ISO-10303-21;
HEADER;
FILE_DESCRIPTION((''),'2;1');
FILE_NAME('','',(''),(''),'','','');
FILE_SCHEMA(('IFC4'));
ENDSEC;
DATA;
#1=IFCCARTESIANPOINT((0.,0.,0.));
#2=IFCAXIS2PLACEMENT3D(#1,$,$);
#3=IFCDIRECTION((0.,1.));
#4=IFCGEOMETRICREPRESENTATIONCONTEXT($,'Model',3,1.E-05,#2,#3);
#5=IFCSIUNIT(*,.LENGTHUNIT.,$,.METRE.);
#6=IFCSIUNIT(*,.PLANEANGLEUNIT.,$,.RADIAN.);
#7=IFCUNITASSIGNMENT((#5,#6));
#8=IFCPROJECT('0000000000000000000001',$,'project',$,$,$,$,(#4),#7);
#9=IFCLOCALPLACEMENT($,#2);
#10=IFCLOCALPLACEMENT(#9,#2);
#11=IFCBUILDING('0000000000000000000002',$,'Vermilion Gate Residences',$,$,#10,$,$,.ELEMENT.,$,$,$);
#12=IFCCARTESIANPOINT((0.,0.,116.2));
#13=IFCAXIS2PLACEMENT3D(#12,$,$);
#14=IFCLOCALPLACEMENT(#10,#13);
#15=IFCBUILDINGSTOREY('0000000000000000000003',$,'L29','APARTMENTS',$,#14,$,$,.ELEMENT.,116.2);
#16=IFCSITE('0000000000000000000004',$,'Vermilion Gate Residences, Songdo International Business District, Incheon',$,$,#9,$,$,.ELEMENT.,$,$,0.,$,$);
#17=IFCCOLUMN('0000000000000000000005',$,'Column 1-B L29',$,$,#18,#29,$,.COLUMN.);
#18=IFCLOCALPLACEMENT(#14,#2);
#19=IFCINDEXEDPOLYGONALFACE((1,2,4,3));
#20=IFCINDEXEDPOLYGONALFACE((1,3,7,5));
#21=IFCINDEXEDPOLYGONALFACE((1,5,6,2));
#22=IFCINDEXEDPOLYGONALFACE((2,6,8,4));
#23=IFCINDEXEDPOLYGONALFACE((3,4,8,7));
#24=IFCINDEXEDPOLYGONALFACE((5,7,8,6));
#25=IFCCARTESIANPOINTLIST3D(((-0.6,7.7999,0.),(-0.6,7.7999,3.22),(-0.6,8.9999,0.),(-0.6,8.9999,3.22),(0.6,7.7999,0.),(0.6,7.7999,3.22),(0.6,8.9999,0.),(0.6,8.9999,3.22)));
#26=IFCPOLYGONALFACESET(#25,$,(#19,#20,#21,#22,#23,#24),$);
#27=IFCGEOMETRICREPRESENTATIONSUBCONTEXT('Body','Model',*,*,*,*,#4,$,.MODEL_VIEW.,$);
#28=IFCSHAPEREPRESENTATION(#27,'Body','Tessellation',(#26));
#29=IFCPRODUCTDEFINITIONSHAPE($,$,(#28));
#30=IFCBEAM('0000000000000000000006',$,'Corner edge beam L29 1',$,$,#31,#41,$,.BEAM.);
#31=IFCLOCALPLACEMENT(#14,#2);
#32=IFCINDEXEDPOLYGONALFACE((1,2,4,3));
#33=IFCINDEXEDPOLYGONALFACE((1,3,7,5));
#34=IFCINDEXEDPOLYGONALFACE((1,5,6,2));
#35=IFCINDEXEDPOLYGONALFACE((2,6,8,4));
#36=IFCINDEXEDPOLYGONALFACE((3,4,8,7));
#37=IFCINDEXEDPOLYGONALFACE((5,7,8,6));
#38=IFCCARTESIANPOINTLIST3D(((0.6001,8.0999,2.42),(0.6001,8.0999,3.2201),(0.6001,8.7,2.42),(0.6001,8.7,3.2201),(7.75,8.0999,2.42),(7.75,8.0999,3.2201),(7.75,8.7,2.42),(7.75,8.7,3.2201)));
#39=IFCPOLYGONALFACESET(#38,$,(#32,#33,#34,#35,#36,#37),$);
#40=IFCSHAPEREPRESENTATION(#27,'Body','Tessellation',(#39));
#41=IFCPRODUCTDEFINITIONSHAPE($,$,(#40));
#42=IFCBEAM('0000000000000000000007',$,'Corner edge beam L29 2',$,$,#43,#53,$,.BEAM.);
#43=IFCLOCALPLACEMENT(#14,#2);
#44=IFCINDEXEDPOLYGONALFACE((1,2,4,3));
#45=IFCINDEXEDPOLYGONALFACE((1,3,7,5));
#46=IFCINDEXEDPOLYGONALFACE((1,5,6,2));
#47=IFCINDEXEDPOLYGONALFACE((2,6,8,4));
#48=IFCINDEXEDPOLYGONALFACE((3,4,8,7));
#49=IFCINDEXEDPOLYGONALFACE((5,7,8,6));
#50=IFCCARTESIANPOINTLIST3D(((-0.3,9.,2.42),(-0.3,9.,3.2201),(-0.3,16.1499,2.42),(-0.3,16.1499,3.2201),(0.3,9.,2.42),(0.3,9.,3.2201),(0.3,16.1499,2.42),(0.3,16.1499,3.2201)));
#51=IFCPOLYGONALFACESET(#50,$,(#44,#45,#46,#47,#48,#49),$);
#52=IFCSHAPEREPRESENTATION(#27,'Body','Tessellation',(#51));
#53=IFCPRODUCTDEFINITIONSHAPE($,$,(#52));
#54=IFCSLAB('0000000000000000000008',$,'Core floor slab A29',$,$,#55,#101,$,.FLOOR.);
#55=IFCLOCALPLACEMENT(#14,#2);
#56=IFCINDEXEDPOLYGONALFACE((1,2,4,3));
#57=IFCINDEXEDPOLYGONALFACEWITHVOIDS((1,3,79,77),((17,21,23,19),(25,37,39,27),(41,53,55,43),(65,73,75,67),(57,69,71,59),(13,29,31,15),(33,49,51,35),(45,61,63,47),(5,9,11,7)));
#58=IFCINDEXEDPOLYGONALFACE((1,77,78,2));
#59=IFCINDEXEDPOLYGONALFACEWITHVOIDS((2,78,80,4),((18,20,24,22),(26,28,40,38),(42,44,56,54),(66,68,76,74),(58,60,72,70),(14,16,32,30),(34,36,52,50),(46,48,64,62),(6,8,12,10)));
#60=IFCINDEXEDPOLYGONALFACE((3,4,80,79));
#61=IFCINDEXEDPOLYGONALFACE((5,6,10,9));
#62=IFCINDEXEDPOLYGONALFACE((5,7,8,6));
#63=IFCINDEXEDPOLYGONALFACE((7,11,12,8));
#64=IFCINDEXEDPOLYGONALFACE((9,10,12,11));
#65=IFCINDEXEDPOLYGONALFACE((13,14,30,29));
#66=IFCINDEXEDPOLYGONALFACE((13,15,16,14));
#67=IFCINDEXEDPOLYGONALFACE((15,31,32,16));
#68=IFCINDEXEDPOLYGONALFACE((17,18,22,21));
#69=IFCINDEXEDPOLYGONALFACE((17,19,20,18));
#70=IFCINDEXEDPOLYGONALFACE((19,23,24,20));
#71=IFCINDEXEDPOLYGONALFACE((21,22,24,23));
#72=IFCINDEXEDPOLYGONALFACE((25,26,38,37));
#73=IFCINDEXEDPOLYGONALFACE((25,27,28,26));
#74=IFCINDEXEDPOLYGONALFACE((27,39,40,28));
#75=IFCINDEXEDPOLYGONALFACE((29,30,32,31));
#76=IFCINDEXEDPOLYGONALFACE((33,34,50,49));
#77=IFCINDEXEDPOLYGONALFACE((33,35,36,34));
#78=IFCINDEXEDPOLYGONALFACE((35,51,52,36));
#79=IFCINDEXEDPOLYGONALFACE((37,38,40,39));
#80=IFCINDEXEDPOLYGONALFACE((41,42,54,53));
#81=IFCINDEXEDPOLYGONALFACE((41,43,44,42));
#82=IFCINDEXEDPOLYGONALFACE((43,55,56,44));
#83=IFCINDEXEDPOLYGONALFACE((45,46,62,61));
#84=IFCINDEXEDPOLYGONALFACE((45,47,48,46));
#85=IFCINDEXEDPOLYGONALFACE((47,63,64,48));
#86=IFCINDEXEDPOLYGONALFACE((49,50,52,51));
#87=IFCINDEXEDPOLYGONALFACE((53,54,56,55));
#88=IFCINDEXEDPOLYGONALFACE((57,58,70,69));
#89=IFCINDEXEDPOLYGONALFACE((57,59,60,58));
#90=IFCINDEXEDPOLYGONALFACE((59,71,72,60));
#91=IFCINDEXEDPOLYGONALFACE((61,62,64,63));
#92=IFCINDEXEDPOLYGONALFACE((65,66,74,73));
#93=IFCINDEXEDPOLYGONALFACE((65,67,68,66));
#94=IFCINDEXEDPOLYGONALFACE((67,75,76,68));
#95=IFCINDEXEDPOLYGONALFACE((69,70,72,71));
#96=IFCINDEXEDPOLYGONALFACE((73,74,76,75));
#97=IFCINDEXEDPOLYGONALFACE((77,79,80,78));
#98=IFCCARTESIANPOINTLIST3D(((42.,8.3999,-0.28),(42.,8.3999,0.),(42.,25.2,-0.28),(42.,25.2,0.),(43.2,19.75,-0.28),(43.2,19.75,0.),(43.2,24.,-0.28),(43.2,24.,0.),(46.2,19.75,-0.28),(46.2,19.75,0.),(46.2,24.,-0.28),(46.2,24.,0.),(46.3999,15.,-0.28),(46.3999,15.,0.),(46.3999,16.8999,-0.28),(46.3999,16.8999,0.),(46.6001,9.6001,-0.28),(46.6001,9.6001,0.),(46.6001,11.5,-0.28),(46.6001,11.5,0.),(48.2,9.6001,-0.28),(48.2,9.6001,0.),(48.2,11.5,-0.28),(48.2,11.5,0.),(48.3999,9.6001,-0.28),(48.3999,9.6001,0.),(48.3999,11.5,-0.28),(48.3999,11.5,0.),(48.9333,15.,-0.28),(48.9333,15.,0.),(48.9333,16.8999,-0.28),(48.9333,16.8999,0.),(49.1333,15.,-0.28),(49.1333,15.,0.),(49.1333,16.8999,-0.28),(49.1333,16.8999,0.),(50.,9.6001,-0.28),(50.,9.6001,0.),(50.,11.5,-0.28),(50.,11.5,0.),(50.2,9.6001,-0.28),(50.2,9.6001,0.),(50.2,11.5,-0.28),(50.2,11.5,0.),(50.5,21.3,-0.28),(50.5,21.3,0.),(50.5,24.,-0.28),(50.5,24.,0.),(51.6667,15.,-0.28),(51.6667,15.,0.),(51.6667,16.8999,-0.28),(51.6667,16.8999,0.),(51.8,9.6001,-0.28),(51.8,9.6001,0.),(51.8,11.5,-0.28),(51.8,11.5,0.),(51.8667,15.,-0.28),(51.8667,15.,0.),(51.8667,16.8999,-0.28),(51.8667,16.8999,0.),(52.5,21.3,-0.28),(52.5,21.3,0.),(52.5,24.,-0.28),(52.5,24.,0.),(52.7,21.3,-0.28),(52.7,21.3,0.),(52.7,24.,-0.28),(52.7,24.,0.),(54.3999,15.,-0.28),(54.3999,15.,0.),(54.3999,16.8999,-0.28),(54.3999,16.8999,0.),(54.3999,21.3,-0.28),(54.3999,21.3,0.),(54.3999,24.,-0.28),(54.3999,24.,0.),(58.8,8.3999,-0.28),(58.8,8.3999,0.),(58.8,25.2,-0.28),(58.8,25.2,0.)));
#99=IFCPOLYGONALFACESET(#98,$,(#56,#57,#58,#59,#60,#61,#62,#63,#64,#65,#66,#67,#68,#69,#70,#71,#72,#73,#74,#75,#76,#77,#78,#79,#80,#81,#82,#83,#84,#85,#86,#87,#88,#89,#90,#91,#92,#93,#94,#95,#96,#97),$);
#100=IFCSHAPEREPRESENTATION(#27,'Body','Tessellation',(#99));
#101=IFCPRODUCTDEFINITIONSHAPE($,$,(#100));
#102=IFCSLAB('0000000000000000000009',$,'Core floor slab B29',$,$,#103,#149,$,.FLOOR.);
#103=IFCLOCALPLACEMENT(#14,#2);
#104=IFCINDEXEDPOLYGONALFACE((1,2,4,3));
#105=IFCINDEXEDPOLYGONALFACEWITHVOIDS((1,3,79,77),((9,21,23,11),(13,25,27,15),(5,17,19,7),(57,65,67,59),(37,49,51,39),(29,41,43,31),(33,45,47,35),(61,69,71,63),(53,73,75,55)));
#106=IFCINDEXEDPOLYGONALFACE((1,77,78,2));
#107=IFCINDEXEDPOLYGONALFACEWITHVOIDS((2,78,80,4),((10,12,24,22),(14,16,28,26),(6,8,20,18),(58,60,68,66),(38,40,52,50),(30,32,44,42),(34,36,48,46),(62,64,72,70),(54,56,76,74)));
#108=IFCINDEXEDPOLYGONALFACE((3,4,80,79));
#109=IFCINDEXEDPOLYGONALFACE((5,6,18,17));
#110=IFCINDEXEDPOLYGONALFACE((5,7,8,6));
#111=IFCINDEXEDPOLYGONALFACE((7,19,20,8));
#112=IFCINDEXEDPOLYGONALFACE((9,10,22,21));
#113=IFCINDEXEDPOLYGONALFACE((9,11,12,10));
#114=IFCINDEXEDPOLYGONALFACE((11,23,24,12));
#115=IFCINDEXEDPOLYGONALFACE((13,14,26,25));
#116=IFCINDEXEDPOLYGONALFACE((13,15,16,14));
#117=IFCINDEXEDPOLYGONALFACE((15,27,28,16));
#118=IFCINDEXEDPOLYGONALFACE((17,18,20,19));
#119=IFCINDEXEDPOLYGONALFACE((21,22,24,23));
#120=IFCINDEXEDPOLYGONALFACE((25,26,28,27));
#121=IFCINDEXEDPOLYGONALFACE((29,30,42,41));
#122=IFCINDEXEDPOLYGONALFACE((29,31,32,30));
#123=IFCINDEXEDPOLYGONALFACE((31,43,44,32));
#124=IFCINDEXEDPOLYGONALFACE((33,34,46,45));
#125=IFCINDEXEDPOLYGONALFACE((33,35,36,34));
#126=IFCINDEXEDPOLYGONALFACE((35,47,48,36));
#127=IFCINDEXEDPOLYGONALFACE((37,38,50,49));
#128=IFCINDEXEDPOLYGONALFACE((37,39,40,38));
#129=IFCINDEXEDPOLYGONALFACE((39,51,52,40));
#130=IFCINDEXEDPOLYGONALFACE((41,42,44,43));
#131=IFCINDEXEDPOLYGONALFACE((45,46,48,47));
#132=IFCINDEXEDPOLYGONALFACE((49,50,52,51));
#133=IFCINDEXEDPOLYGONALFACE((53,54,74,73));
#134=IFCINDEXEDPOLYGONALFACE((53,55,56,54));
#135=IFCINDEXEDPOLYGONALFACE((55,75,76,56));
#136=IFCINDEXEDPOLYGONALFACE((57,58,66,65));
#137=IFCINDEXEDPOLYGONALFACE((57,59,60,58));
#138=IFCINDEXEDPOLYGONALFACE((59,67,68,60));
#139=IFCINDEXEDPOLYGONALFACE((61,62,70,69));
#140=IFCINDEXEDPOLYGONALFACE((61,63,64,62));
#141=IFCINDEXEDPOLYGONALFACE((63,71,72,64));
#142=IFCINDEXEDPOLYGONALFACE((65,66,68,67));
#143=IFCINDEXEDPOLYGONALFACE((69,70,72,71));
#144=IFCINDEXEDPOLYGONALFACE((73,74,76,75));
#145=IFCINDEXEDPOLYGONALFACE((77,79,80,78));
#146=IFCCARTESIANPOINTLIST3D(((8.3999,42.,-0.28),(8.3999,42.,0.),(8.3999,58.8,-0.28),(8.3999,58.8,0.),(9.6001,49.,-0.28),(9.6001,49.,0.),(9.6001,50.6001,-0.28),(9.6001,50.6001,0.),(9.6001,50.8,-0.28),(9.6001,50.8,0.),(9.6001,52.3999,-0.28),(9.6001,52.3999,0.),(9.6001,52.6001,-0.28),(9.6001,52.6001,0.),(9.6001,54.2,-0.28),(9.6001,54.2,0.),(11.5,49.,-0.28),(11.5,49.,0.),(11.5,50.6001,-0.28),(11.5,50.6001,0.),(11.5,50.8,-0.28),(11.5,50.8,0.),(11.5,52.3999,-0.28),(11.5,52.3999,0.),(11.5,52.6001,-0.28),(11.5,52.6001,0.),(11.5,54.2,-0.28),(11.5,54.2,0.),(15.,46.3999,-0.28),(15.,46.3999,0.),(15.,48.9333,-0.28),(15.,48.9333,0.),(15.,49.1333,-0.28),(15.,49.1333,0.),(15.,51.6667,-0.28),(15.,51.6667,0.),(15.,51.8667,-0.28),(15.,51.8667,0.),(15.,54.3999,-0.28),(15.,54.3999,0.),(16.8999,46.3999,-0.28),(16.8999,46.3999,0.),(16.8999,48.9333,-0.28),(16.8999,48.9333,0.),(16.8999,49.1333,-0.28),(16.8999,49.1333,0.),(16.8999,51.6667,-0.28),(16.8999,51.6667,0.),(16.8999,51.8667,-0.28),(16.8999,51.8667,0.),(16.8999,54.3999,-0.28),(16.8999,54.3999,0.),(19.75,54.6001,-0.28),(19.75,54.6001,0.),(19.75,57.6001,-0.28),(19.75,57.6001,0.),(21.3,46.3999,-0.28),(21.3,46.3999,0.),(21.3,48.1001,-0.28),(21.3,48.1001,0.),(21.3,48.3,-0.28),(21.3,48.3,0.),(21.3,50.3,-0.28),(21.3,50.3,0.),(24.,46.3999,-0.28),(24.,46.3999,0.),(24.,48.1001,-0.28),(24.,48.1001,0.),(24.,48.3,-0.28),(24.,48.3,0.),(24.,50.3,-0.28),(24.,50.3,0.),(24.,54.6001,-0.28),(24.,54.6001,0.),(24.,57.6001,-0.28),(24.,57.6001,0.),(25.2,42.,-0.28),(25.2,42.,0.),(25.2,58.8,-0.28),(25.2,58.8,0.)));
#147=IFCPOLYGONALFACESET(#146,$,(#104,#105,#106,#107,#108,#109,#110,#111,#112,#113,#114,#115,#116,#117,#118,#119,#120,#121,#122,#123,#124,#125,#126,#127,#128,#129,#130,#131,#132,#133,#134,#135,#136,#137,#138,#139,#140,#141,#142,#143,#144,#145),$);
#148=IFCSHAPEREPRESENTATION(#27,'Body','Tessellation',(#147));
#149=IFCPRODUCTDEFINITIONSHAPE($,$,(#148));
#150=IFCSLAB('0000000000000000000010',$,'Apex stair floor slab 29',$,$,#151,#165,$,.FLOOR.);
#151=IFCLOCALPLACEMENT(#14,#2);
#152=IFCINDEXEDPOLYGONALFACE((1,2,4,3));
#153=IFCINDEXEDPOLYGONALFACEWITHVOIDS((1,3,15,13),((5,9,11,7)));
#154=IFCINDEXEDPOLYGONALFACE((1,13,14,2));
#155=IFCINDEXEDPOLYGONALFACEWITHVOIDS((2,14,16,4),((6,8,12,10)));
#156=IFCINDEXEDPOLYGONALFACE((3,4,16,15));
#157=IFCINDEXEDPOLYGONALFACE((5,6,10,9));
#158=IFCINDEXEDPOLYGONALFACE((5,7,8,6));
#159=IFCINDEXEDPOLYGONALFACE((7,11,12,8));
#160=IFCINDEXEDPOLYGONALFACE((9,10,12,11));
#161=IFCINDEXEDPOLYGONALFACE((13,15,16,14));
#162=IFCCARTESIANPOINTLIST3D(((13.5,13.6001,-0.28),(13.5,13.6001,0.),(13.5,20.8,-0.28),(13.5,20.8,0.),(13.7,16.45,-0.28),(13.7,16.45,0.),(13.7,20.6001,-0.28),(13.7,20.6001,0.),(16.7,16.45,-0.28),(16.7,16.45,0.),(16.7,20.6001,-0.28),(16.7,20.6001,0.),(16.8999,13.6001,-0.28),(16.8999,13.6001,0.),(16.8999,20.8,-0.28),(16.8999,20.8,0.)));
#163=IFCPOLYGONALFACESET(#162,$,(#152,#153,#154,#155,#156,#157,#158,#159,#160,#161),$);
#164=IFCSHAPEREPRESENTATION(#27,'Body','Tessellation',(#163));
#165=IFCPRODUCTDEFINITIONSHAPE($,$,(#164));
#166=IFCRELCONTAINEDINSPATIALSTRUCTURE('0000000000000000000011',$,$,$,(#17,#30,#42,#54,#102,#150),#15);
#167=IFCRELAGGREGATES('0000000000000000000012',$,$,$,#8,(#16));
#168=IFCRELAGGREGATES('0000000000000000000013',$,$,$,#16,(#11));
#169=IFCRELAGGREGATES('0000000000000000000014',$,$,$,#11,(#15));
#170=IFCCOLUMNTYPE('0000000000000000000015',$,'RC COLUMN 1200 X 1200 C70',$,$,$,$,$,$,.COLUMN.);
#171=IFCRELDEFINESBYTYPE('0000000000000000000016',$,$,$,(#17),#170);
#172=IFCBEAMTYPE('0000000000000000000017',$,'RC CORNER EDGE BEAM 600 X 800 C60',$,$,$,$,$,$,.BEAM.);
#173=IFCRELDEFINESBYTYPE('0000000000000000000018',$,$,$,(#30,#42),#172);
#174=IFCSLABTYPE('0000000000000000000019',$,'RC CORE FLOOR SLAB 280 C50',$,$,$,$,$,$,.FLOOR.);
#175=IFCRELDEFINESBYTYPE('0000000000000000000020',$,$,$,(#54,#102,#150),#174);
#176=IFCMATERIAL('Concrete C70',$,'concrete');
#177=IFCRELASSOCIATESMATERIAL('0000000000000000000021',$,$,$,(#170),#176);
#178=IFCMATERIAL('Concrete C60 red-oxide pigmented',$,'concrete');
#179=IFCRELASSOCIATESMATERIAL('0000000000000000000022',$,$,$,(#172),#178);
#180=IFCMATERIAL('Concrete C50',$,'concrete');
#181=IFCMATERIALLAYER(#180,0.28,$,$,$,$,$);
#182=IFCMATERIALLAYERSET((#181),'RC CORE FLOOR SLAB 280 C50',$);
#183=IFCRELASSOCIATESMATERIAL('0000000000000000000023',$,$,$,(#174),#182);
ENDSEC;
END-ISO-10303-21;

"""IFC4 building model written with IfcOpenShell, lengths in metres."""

from ifc_helpers import new_model, si_unit, direction, frame, origin, origin_2d, place, context, subcontext, project, spatial, polyline, rectangle, outline, extrude, material, layer, layer_set, material_profile, profile_set, type_object, element, save


model = new_model("IFC4")

# Units and contexts
model_context = context("Model", 3, precision=1e-05, world=origin(), true_north=direction((0.0, 1.0)))
body_context = subcontext(model_context, "Body", "Model", "MODEL_VIEW")
ifc_project = project(units=[si_unit("LENGTHUNIT", "METRE"), si_unit("PLANEANGLEUNIT", "RADIAN")], contexts=[model_context])

# Site, building, storey
site_placement = place(None, origin())
site = spatial("IfcSite", under=ifc_project, at=site_placement, Name="Vermilion Gate Residences, Songdo International Business District, Incheon", CompositionType="ELEMENT", RefElevation=0.0)
building_placement = place(site_placement, origin())
building = spatial("IfcBuilding", under=site, at=building_placement, Name="Vermilion Gate Residences", CompositionType="ELEMENT")
storey_placement = place(building_placement, frame((0.0, 0.0, 116.2)))
storey = spatial("IfcBuildingStorey", under=building, at=storey_placement, Name="L29", Description="APARTMENTS", CompositionType="ELEMENT", Elevation=116.2)

# Column
ifc_material_1 = material(Name="Concrete C70", Category="concrete")
ifc_material_profile_1 = material_profile(ifc_material_1, rectangle(XDim=1.2, YDim=1.2, at=origin_2d()), Name="RC-1200x1200")
ifc_profile_set_1 = profile_set([ifc_material_profile_1], Name="Concrete C70")
column_type = type_object("IfcColumnType", Name="RC COLUMN 1200 X 1200 C70", PredefinedType="COLUMN", material=ifc_profile_set_1)
column_placement = place(storey_placement, frame((0.0, 8.3999, 0.0), z_axis=(0.0, 0.0, 1.0), x_axis=(1.0, 0.0, 0.0)))
element("IfcColumn", 1, at=column_placement, inside=storey, type_object=column_type, Name="Column 1-B L29", PredefinedType="COLUMN", context=body_context, shape_type="SweptSolid", body=[
    extrude(rectangle(XDim=1.2, YDim=1.2, at=origin_2d()), origin(), (0.0, 0.0, 1.0), 3.22),
])

# Beams
ifc_material_2 = material(Name="Concrete C60 red-oxide pigmented", Category="concrete")
ifc_material_profile_2 = material_profile(ifc_material_2, rectangle(XDim=0.6001, YDim=0.8, at=origin_2d()), Name="RC-600x800")
ifc_profile_set_2 = profile_set([ifc_material_profile_2], Name="Concrete C60 red-oxide pigmented")
beam_type = type_object("IfcBeamType", Name="RC CORNER EDGE BEAM 600 X 800 C60", PredefinedType="BEAM", material=ifc_profile_set_2)
for number, where, z_axis, x_axis, name in (
    (2, (0.6001, 8.3999, 2.8201), (1.0, 0.0, 0.0), (0.0, 1.0, 0.0), "Corner edge beam L29 1"),
    (3, (0.0, 9.0, 2.8201), (0.0, 1.0, 0.0), (-1.0, 0.0, 0.0), "Corner edge beam L29 2"),
):
    element("IfcBeam", number, at=place(storey_placement, frame(where, z_axis=z_axis, x_axis=x_axis)), inside=storey, type_object=beam_type, Name=name, PredefinedType="BEAM", context=body_context, shape_type="SweptSolid", body=[
        extrude(rectangle(XDim=0.6001, YDim=0.8, at=origin_2d()), origin(), (0.0, 0.0, 1.0), 7.1499),
    ])

# Slabs
ifc_material_3 = material(Name="Concrete C50", Category="concrete")
ifc_layer_1 = layer(ifc_material_3, 0.28)
ifc_layer_set_1 = layer_set([ifc_layer_1], Name="RC CORE FLOOR SLAB 280 C50")
slab_type_1 = type_object("IfcSlabType", Name="RC CORE FLOOR SLAB 280 C50", PredefinedType="FLOOR", material=ifc_layer_set_1)
slab_1_placement = place(storey_placement, frame((0.0, 0.0, -0.28)))
element("IfcSlab", 4, at=slab_1_placement, inside=storey, type_object=slab_type_1, Name="Core floor slab A29", PredefinedType="FLOOR", context=body_context, shape_type="SweptSolid", body=[
    extrude(outline(polyline([(42.0, 8.3999), (58.8, 8.3999), (58.8, 25.2), (42.0, 25.2), (42.0, 8.3999)]), holes=[polyline([(46.6001, 11.5), (48.2, 11.5), (48.2, 9.6001), (46.6001, 9.6001), (46.6001, 11.5)]), polyline([(48.3999, 11.5), (50.0, 11.5), (50.0, 9.6001), (48.3999, 9.6001), (48.3999, 11.5)]), polyline([(50.2, 11.5), (51.8, 11.5), (51.8, 9.6001), (50.2, 9.6001), (50.2, 11.5)]), polyline([(46.3999, 16.8999), (48.9333, 16.8999), (48.9333, 15.0), (46.3999, 15.0), (46.3999, 16.8999)]), polyline([(49.1333, 16.8999), (51.6667, 16.8999), (51.6667, 15.0), (49.1333, 15.0), (49.1333, 16.8999)]), polyline([(51.8667, 16.8999), (54.3999, 16.8999), (54.3999, 15.0), (51.8667, 15.0), (51.8667, 16.8999)]), polyline([(43.2, 24.0), (46.2, 24.0), (46.2, 19.75), (43.2, 19.75), (43.2, 24.0)]), polyline([(52.5, 24.0), (52.5, 21.3), (50.5, 21.3), (50.5, 24.0), (52.5, 24.0)]), polyline([(54.3999, 24.0), (54.3999, 21.3), (52.7, 21.3), (52.7, 24.0), (54.3999, 24.0)])]), origin(), (0.0, 0.0, 1.0), 0.28),
])
slab_2_placement = place(storey_placement, frame((0.0, 0.0, -0.28)))
element("IfcSlab", 5, at=slab_2_placement, inside=storey, type_object=slab_type_1, Name="Core floor slab B29", PredefinedType="FLOOR", context=body_context, shape_type="SweptSolid", body=[
    extrude(outline(polyline([(8.3999, 42.0), (25.2, 42.0), (25.2, 58.8), (8.3999, 58.8), (8.3999, 42.0)]), holes=[polyline([(21.3, 48.1001), (24.0, 48.1001), (24.0, 46.3999), (21.3, 46.3999), (21.3, 48.1001)]), polyline([(15.0, 48.9333), (16.8999, 48.9333), (16.8999, 46.3999), (15.0, 46.3999), (15.0, 48.9333)]), polyline([(21.3, 50.3), (24.0, 50.3), (24.0, 48.3), (21.3, 48.3), (21.3, 50.3)]), polyline([(9.6001, 50.6001), (11.5, 50.6001), (11.5, 49.0), (9.6001, 49.0), (9.6001, 50.6001)]), polyline([(15.0, 51.6667), (16.8999, 51.6667), (16.8999, 49.1333), (15.0, 49.1333), (15.0, 51.6667)]), polyline([(9.6001, 52.3999), (11.5, 52.3999), (11.5, 50.8), (9.6001, 50.8), (9.6001, 52.3999)]), polyline([(15.0, 54.3999), (16.8999, 54.3999), (16.8999, 51.8667), (15.0, 51.8667), (15.0, 54.3999)]), polyline([(11.5, 54.2), (11.5, 52.6001), (9.6001, 52.6001), (9.6001, 54.2), (11.5, 54.2)]), polyline([(24.0, 57.6001), (24.0, 54.6001), (19.75, 54.6001), (19.75, 57.6001), (24.0, 57.6001)])]), origin(), (0.0, 0.0, 1.0), 0.28),
])
slab_3_placement = place(storey_placement, frame((0.0, 0.0, -0.28)))
element("IfcSlab", 6, at=slab_3_placement, inside=storey, type_object=slab_type_1, Name="Apex stair floor slab 29", PredefinedType="FLOOR", context=body_context, shape_type="SweptSolid", body=[
    extrude(outline(polyline([(13.5, 13.6001), (16.8999, 13.6001), (16.8999, 20.8), (13.5, 20.8), (13.5, 13.6001)]), holes=[polyline([(16.7, 20.6001), (16.7, 16.45), (13.7, 16.45), (13.7, 20.6001), (16.7, 20.6001)])]), origin(), (0.0, 0.0, 1.0), 0.28),
])

save(model, "model.ifc")
